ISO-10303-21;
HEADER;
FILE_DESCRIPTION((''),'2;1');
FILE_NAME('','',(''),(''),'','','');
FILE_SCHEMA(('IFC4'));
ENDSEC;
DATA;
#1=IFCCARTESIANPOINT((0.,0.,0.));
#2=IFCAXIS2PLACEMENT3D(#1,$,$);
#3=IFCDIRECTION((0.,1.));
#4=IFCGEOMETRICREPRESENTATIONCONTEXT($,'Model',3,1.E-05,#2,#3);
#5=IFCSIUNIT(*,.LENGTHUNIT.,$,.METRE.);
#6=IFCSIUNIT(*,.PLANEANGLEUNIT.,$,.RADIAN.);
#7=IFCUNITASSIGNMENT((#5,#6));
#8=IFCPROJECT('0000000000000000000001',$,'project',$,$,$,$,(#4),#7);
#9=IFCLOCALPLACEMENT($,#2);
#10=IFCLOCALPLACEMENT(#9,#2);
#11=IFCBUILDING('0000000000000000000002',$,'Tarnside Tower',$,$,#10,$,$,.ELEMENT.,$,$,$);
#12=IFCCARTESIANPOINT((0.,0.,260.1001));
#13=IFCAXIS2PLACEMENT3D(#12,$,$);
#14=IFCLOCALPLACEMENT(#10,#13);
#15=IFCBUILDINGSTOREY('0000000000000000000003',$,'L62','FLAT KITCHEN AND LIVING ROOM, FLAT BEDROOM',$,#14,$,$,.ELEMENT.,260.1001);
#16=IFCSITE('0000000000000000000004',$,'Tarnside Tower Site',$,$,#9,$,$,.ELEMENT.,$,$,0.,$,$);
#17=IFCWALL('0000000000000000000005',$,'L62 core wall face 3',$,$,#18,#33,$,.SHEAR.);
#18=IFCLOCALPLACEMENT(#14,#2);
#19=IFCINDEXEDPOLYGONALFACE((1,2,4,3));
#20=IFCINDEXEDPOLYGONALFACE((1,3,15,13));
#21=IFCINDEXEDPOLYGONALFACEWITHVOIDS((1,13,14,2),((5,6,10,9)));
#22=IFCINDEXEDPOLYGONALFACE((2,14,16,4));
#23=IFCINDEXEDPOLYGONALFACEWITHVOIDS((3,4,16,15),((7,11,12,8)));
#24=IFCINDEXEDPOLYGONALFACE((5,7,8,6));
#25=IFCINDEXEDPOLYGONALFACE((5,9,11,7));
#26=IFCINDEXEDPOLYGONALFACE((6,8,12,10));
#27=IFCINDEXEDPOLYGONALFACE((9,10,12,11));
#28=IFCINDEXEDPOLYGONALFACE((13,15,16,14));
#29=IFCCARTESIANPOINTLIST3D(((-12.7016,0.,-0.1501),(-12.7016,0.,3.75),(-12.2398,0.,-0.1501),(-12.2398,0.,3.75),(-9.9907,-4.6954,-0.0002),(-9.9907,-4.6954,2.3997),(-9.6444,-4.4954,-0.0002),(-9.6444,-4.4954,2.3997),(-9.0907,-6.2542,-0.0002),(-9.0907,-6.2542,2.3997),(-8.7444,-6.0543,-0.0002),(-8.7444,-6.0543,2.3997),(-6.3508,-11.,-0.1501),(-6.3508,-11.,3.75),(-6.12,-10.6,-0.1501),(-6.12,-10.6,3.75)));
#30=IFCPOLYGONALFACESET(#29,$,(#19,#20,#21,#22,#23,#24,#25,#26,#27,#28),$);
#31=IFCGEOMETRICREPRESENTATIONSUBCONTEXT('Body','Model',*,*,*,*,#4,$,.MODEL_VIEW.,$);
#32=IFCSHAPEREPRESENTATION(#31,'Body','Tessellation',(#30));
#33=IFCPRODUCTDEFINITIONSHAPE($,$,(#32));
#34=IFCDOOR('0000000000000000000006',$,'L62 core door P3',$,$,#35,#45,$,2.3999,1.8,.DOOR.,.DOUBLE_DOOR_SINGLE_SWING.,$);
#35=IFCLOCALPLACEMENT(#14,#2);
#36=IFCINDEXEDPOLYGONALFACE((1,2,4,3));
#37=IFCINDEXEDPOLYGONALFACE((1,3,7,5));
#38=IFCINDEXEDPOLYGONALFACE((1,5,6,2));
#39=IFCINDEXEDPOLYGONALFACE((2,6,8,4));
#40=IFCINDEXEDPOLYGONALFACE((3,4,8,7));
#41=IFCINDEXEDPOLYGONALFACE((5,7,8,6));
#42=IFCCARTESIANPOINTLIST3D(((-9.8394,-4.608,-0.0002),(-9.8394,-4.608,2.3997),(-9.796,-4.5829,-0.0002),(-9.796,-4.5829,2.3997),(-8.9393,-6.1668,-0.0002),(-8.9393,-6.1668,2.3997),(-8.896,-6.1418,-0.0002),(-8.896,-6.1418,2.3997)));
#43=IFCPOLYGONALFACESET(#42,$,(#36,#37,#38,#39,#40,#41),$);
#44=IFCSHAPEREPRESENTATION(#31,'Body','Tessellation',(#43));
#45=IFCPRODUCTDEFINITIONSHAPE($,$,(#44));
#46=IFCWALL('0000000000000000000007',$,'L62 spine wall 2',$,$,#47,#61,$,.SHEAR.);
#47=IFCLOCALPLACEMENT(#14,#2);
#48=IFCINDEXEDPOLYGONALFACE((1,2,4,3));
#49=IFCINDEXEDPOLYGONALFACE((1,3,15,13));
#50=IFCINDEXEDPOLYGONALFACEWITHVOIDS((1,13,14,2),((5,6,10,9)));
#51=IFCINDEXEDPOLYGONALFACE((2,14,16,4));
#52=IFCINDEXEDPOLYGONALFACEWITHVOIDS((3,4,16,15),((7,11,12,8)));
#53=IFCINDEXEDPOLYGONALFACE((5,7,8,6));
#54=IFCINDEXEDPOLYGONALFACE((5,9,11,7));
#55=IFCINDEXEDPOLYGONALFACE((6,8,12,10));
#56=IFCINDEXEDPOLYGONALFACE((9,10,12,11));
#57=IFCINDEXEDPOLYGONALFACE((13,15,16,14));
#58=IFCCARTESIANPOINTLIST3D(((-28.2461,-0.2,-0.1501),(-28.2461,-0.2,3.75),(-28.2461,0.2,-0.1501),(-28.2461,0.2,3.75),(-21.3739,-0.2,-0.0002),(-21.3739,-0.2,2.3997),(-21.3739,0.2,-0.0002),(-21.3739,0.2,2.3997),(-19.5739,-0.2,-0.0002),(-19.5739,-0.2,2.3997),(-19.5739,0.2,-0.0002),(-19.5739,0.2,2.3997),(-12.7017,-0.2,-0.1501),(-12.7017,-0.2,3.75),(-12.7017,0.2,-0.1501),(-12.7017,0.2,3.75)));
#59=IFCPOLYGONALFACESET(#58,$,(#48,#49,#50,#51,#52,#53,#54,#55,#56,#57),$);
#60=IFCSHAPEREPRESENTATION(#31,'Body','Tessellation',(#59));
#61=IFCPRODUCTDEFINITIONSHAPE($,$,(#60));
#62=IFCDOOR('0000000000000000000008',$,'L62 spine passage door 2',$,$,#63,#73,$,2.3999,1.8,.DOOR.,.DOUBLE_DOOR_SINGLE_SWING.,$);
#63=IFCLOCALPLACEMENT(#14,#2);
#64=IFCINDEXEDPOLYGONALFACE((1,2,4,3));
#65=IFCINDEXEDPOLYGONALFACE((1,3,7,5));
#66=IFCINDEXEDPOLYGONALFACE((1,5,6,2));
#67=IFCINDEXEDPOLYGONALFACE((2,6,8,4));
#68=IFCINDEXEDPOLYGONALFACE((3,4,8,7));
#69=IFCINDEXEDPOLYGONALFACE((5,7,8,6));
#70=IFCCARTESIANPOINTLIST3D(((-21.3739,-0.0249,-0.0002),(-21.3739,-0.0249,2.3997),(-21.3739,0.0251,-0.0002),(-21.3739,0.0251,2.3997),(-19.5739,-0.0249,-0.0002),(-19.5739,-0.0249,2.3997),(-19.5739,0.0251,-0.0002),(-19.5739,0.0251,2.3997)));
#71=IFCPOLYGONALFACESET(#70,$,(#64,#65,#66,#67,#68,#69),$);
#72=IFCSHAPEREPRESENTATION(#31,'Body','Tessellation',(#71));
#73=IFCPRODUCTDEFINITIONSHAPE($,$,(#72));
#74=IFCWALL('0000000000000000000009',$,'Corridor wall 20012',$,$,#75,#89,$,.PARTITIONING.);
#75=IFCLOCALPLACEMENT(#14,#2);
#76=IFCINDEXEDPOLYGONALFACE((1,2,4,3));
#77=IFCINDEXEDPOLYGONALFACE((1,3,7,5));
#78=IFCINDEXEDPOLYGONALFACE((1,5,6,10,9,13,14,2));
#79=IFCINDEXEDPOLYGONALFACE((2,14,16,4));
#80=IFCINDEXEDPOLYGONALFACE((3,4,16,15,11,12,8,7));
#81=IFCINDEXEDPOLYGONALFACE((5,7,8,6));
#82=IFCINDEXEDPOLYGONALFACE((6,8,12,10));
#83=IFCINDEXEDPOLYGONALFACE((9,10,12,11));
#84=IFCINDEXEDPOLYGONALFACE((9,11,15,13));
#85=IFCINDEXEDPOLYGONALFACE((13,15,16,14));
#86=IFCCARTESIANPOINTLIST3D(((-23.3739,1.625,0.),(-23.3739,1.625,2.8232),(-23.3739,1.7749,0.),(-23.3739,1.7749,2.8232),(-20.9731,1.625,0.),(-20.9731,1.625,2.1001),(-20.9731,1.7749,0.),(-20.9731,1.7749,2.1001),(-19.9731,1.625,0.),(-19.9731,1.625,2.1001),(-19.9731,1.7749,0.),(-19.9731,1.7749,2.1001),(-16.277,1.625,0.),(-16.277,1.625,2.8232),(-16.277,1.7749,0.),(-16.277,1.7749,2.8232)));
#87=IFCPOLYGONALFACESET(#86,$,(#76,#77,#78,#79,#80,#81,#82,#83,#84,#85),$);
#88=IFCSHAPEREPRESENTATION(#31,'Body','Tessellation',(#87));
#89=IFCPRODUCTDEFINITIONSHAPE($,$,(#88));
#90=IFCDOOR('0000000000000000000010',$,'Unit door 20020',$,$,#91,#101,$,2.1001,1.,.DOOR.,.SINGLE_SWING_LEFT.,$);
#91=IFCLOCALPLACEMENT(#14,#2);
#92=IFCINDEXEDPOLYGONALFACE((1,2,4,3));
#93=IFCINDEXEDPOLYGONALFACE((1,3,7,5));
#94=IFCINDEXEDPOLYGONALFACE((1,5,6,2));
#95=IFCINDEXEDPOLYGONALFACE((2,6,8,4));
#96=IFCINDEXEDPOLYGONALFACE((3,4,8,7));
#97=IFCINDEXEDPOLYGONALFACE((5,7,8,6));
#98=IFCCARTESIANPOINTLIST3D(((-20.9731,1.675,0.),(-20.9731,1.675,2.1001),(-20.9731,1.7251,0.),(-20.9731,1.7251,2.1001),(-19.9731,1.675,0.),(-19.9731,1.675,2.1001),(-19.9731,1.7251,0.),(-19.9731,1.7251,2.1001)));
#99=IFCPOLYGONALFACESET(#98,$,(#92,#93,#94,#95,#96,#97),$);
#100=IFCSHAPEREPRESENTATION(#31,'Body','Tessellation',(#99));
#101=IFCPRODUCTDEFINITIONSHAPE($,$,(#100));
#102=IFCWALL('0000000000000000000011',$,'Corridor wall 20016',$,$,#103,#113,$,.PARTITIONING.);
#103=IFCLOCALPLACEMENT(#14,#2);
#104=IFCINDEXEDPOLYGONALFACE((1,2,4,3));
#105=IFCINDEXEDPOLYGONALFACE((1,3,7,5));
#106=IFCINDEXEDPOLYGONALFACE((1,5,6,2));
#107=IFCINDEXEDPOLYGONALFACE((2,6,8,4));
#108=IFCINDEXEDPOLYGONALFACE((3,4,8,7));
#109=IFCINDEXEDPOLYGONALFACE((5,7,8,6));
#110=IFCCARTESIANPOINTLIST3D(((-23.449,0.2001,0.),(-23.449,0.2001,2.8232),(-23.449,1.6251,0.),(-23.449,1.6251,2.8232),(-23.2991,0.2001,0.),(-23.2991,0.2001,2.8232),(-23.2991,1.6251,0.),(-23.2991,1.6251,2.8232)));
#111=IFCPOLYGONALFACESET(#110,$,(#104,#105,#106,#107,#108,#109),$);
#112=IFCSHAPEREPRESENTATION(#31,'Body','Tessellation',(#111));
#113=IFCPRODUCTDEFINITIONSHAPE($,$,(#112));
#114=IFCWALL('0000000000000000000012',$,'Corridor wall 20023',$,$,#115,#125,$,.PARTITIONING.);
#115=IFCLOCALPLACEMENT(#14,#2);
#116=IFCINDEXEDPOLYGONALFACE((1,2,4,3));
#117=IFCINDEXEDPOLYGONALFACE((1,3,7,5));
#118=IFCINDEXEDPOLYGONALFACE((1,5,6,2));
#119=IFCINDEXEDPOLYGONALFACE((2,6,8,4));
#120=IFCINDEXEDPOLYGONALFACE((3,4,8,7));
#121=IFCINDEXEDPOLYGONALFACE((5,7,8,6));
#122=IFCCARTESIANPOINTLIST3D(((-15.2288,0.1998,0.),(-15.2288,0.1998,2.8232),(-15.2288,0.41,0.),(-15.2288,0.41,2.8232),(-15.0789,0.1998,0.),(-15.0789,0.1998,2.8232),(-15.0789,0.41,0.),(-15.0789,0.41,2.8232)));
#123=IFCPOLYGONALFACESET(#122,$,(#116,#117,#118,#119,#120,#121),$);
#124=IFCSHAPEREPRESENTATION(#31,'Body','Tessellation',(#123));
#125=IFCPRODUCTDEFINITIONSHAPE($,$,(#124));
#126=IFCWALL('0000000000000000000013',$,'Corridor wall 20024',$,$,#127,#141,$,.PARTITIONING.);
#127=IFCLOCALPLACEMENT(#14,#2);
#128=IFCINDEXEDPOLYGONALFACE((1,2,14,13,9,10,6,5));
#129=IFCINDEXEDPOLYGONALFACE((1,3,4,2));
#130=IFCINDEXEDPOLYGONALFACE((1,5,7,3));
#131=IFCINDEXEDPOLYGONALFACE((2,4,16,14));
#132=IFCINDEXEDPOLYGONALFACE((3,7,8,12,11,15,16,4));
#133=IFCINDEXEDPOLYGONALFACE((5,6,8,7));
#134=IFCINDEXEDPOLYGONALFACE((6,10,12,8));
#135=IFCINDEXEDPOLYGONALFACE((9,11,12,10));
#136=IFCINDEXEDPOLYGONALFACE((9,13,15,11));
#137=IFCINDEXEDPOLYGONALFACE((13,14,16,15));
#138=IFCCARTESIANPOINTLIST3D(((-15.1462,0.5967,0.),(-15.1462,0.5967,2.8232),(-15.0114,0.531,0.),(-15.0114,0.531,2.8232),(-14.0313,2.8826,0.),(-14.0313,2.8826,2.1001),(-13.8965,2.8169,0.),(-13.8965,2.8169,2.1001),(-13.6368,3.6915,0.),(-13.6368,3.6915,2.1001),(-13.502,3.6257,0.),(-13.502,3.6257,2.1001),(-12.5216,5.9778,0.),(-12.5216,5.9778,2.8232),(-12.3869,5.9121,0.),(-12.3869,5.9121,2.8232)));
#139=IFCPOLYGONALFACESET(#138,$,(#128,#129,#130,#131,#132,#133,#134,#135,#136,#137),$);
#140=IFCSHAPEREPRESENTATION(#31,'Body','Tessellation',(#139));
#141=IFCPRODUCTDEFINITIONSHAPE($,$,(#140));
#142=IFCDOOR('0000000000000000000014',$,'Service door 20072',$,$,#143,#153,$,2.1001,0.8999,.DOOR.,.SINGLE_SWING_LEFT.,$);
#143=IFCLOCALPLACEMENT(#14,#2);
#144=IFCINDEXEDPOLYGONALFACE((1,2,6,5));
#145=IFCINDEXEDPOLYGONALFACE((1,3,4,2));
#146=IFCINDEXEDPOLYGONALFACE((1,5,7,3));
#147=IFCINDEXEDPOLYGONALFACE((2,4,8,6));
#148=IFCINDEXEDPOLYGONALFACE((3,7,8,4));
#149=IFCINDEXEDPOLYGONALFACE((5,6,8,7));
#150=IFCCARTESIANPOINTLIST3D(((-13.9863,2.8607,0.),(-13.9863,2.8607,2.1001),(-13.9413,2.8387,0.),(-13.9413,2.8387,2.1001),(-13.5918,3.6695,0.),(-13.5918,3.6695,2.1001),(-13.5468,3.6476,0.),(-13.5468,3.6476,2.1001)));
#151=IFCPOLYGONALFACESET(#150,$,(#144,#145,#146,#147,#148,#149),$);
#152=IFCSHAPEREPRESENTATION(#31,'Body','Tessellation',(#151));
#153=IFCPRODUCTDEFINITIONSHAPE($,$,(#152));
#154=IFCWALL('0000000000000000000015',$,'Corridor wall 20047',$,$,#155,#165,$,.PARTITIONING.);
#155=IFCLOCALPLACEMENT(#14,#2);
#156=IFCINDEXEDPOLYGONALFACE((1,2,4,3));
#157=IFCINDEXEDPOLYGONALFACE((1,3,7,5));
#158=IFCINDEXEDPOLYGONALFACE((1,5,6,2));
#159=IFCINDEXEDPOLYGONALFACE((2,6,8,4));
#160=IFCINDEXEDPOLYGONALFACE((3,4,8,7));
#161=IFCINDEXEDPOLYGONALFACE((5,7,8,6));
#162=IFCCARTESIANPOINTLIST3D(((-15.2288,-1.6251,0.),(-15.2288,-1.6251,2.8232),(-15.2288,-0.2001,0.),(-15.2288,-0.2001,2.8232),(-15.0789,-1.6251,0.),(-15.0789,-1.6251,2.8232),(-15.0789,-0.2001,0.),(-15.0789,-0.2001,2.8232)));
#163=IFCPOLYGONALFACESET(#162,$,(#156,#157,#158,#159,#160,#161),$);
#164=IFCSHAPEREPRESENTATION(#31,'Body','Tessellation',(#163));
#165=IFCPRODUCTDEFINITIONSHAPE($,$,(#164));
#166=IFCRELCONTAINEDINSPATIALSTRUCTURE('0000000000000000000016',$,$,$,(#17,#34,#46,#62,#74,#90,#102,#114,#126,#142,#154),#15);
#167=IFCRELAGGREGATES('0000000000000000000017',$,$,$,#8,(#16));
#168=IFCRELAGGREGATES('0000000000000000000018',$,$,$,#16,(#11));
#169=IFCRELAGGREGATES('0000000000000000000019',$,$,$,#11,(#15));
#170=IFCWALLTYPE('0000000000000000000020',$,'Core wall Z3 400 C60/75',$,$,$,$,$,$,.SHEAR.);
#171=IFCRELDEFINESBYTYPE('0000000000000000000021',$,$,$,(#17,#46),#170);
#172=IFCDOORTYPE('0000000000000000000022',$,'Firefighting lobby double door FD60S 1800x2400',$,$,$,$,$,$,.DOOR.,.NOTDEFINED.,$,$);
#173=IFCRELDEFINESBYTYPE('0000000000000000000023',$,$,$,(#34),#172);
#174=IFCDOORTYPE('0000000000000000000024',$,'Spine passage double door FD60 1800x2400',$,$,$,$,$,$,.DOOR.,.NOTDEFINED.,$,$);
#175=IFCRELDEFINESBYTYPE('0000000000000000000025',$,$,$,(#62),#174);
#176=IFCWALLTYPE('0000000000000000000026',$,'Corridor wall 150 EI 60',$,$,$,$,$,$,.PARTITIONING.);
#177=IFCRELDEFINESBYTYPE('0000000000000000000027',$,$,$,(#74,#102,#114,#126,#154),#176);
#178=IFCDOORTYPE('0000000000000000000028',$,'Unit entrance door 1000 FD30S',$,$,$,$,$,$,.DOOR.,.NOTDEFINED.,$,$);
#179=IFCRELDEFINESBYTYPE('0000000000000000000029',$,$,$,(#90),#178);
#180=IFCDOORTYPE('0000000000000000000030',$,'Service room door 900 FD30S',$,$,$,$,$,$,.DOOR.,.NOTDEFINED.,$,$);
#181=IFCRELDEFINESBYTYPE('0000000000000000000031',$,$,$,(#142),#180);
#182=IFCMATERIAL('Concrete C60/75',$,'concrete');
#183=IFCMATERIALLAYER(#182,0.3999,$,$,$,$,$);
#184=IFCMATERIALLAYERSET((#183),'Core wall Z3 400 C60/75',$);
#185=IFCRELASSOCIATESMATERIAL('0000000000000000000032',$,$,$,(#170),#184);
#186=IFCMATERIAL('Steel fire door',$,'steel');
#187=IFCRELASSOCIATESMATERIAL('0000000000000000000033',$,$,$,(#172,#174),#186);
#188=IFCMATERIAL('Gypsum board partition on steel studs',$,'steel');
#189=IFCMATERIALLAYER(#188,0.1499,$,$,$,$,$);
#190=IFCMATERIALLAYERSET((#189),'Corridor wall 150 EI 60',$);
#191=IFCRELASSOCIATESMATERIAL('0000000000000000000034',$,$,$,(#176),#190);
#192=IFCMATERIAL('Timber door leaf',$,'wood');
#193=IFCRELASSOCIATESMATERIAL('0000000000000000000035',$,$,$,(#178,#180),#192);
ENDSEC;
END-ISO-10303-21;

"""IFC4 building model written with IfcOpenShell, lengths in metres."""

from ifc_helpers import new_model, si_unit, direction, frame, frame_2d, origin, place, context, subcontext, project, spatial, polyline, rectangle, outline, extrude, material, layer, layer_set, type_object, element, fill, save


model = new_model("IFC4")

# Units and contexts
model_context = context("Model", 3, precision=1e-05, world=origin(), true_north=direction((0.0, 1.0)))
body_context = subcontext(model_context, "Body", "Model", "MODEL_VIEW")
ifc_project = project(units=[si_unit("LENGTHUNIT", "METRE"), si_unit("PLANEANGLEUNIT", "RADIAN")], contexts=[model_context])

# Site, building, storey
site_placement = place(None, origin())
site = spatial("IfcSite", under=ifc_project, at=site_placement, Name="Tarnside Tower Site", CompositionType="ELEMENT", RefElevation=0.0)
building_placement = place(site_placement, origin())
building = spatial("IfcBuilding", under=site, at=building_placement, Name="Tarnside Tower", CompositionType="ELEMENT")
storey_placement = place(building_placement, frame((0.0, 0.0, 260.1001)))
storey = spatial("IfcBuildingStorey", under=building, at=storey_placement, Name="L62", Description="FLAT KITCHEN AND LIVING ROOM, FLAT BEDROOM", CompositionType="ELEMENT", Elevation=260.1001)

# Walls, openings, doors
ifc_material_1 = material(Name="Concrete C60/75", Category="concrete")
ifc_layer_1 = layer(ifc_material_1, 0.3999)
ifc_layer_set_1 = layer_set([ifc_layer_1], Name="Core wall Z3 400 C60/75")
wall_type_1 = type_object("IfcWallType", Name="Core wall Z3 400 C60/75", PredefinedType="SHEAR", material=ifc_layer_set_1)
wall_1_placement = place(storey_placement, frame((-12.4707, 0.0, -0.1501), z_axis=(0.0, 0.0, 1.0), x_axis=(0.499996, -0.866027, 0.0)))
wall_1 = element("IfcWall", 1, at=wall_1_placement, inside=storey, type_object=wall_type_1, Name="L62 core wall face 3", PredefinedType="SHEAR", context=body_context, shape_type="SweptSolid", body=[
    extrude(outline(polyline([(-0.1155, -0.2), (12.5862, -0.2), (12.3552, 0.2), (0.1155, 0.2), (-0.1155, -0.2)])), origin(), (0.0, 0.0, 1.0), 3.9001),
])
opening_1_placement = place(wall_1_placement, frame((5.3064, 0.0, 0.1499)))
opening_1 = element("IfcOpeningElement", 2, at=opening_1_placement, cuts=wall_1, PredefinedType="OPENING", context=body_context, shape_type="SweptSolid", body=[
    extrude(rectangle(XDim=1.8, YDim=2.3999, at=frame_2d((0.8999, 1.2))), frame((0.0, 0.21, 0.0), z_axis=(0.0, -1.0, 0.0), x_axis=(1.0, 0.0, 0.0)), (0.0, 0.0, 1.0), 0.4199),
])
ifc_material_2 = material(Name="Steel fire door", Category="steel")
door_type_1 = type_object("IfcDoorType", Name="Firefighting lobby double door FD60S 1800x2400", OperationType="NOTDEFINED", PredefinedType="DOOR", material=ifc_material_2)
door_1_placement = place(opening_1_placement, origin())
door_1 = element("IfcDoor", 3, at=door_1_placement, inside=storey, type_object=door_type_1, Name="L62 core door P3", OperationType="DOUBLE_DOOR_SINGLE_SWING", OverallHeight=2.3999, OverallWidth=1.8, PredefinedType="DOOR", context=body_context, shape_type="SweptSolid", body=[
    extrude(rectangle(XDim=1.8, YDim=2.3999, at=frame_2d((0.8999, 1.2))), frame((0.0, 0.0249, 0.0), z_axis=(0.0, -1.0, 0.0), x_axis=(1.0, 0.0, 0.0)), (0.0, 0.0, 1.0), 0.05),
])
fill(opening_1, door_1)
wall_2_placement = place(storey_placement, frame((-12.7017, 0.0, -0.1501), z_axis=(0.0, 0.0, 1.0), x_axis=(-1.0, 0.0, 0.0)))
wall_2 = element("IfcWall", 4, at=wall_2_placement, inside=storey, type_object=wall_type_1, Name="L62 spine wall 2", PredefinedType="SHEAR", context=body_context, shape_type="SweptSolid", body=[
    extrude(rectangle(XDim=15.5444, YDim=0.3999, at=frame_2d((7.7722, 0.0))), origin(), (0.0, 0.0, 1.0), 3.9001),
])
opening_2_placement = place(wall_2_placement, frame((6.8723, 0.0, 0.1499)))
opening_2 = element("IfcOpeningElement", 5, at=opening_2_placement, cuts=wall_2, PredefinedType="OPENING", context=body_context, shape_type="SweptSolid", body=[
    extrude(rectangle(XDim=1.8, YDim=2.3999, at=frame_2d((0.8999, 1.2))), frame((0.0, 0.21, 0.0), z_axis=(0.0, -1.0, 0.0), x_axis=(1.0, 0.0, 0.0)), (0.0, 0.0, 1.0), 0.4199),
])
door_type_2 = type_object("IfcDoorType", Name="Spine passage double door FD60 1800x2400", OperationType="NOTDEFINED", PredefinedType="DOOR", material=ifc_material_2)
door_2_placement = place(opening_2_placement, origin())
door_2 = element("IfcDoor", 6, at=door_2_placement, inside=storey, type_object=door_type_2, Name="L62 spine passage door 2", OperationType="DOUBLE_DOOR_SINGLE_SWING", OverallHeight=2.3999, OverallWidth=1.8, PredefinedType="DOOR", context=body_context, shape_type="SweptSolid", body=[
    extrude(rectangle(XDim=1.8, YDim=2.3999, at=frame_2d((0.8999, 1.2))), frame((0.0, 0.0249, 0.0), z_axis=(0.0, -1.0, 0.0), x_axis=(1.0, 0.0, 0.0)), (0.0, 0.0, 1.0), 0.05),
])
fill(opening_2, door_2)
ifc_material_3 = material(Name="Gypsum board partition on steel studs", Category="steel")
ifc_layer_2 = layer(ifc_material_3, 0.1499)
ifc_layer_set_2 = layer_set([ifc_layer_2], Name="Corridor wall 150 EI 60")
wall_type_2 = type_object("IfcWallType", Name="Corridor wall 150 EI 60", PredefinedType="PARTITIONING", material=ifc_layer_set_2)
wall_3_placement = place(storey_placement, frame((-16.2771, 1.7, 0.0), z_axis=(0.0, 0.0, 1.0), x_axis=(-1.0, 0.0, 0.0)))
wall_3 = element("IfcWall", 7, at=wall_3_placement, inside=storey, type_object=wall_type_2, Name="Corridor wall 20012", PredefinedType="PARTITIONING", context=body_context, shape_type="SweptSolid", body=[
    extrude(rectangle(XDim=7.0969, YDim=0.1499, at=frame_2d((3.5483, 0.0))), origin(), (0.0, 0.0, 1.0), 2.8232),
])
opening_3_placement = place(wall_3_placement, frame((3.696, 0.0, 0.0)))
opening_3 = element("IfcOpeningElement", 8, at=opening_3_placement, cuts=wall_3, PredefinedType="OPENING", context=body_context, shape_type="SweptSolid", body=[
    extrude(rectangle(XDim=1.0, YDim=2.1001, at=frame_2d((0.5, 1.05))), frame((0.0, 0.085, 0.0), z_axis=(0.0, -1.0, 0.0), x_axis=(1.0, 0.0, 0.0)), (0.0, 0.0, 1.0), 0.1699),
])
ifc_material_4 = material(Name="Timber door leaf", Category="wood")
door_type_3 = type_object("IfcDoorType", Name="Unit entrance door 1000 FD30S", OperationType="NOTDEFINED", PredefinedType="DOOR", material=ifc_material_4)
door_3_placement = place(opening_3_placement, origin())
door_3 = element("IfcDoor", 9, at=door_3_placement, inside=storey, type_object=door_type_3, Name="Unit door 20020", OperationType="SINGLE_SWING_LEFT", OverallHeight=2.1001, OverallWidth=1.0, PredefinedType="DOOR", context=body_context, shape_type="SweptSolid", body=[
    extrude(rectangle(XDim=1.0, YDim=2.1001, at=frame_2d((0.5, 1.05))), frame((0.0, 0.0249, 0.0), z_axis=(0.0, -1.0, 0.0), x_axis=(1.0, 0.0, 0.0)), (0.0, 0.0, 1.0), 0.05),
])
fill(opening_3, door_3)

# Walls
wall_4_placement = place(storey_placement, frame((-23.374, 1.625, 0.0), z_axis=(0.0, 0.0, 1.0), x_axis=(0.0, -1.0, 0.0)))
element("IfcWall", 10, at=wall_4_placement, inside=storey, type_object=wall_type_2, Name="Corridor wall 20016", PredefinedType="PARTITIONING", context=body_context, shape_type="SweptSolid", body=[
    extrude(rectangle(XDim=1.425, YDim=0.1499, at=frame_2d((0.7124, 0.0))), origin(), (0.0, 0.0, 1.0), 2.8232),
])
wall_5_placement = place(storey_placement, frame((-15.1538, 0.2, 0.0), z_axis=(0.0, 0.0, 1.0), x_axis=(0.0, 1.0, 0.0)))
element("IfcWall", 11, at=wall_5_placement, inside=storey, type_object=wall_type_2, Name="Corridor wall 20023", PredefinedType="PARTITIONING", context=body_context, shape_type="SweptSolid", body=[
    extrude(rectangle(XDim=0.2102, YDim=0.1499, at=frame_2d((0.105, 0.0))), origin(), (0.0, 0.0, 1.0), 2.8232),
])

# Wall, opening, door
wall_6_placement = place(storey_placement, frame((-15.0789, 0.5637, 0.0), z_axis=(0.0, 0.0, 1.0), x_axis=(0.438367, 0.898796, 0.0)))
wall_6 = element("IfcWall", 12, at=wall_6_placement, inside=storey, type_object=wall_type_2, Name="Corridor wall 20024", PredefinedType="PARTITIONING", context=body_context, shape_type="SweptSolid", body=[
    extrude(rectangle(XDim=5.9871, YDim=0.1499, at=frame_2d((2.9937, 0.0))), origin(), (0.0, 0.0, 1.0), 2.8232),
])
opening_4_placement = place(wall_6_placement, frame((2.5435, 0.0, 0.0)))
opening_4 = element("IfcOpeningElement", 13, at=opening_4_placement, cuts=wall_6, PredefinedType="OPENING", context=body_context, shape_type="SweptSolid", body=[
    extrude(rectangle(XDim=0.8999, YDim=2.1001, at=frame_2d((0.45, 1.05))), frame((0.0, 0.085, 0.0), z_axis=(0.0, -1.0, 0.0), x_axis=(1.0, 0.0, 0.0)), (0.0, 0.0, 1.0), 0.1699),
])
door_type_4 = type_object("IfcDoorType", Name="Service room door 900 FD30S", OperationType="NOTDEFINED", PredefinedType="DOOR", material=ifc_material_4)
door_4_placement = place(opening_4_placement, origin())
door_4 = element("IfcDoor", 14, at=door_4_placement, inside=storey, type_object=door_type_4, Name="Service door 20072", OperationType="SINGLE_SWING_LEFT", OverallHeight=2.1001, OverallWidth=0.8999, PredefinedType="DOOR", context=body_context, shape_type="SweptSolid", body=[
    extrude(rectangle(XDim=0.8999, YDim=2.1001, at=frame_2d((0.45, 1.05))), frame((0.0, 0.0249, 0.0), z_axis=(0.0, -1.0, 0.0), x_axis=(1.0, 0.0, 0.0)), (0.0, 0.0, 1.0), 0.05),
])
fill(opening_4, door_4)

# Wall
wall_7_placement = place(storey_placement, frame((-15.1538, -1.625, 0.0), z_axis=(0.0, 0.0, 1.0), x_axis=(0.0, 1.0, 0.0)))
element("IfcWall", 15, at=wall_7_placement, inside=storey, type_object=wall_type_2, Name="Corridor wall 20047", PredefinedType="PARTITIONING", context=body_context, shape_type="SweptSolid", body=[
    extrude(rectangle(XDim=1.425, YDim=0.1499, at=frame_2d((0.7124, 0.0))), origin(), (0.0, 0.0, 1.0), 2.8232),
])

save(model, "model.ifc")
